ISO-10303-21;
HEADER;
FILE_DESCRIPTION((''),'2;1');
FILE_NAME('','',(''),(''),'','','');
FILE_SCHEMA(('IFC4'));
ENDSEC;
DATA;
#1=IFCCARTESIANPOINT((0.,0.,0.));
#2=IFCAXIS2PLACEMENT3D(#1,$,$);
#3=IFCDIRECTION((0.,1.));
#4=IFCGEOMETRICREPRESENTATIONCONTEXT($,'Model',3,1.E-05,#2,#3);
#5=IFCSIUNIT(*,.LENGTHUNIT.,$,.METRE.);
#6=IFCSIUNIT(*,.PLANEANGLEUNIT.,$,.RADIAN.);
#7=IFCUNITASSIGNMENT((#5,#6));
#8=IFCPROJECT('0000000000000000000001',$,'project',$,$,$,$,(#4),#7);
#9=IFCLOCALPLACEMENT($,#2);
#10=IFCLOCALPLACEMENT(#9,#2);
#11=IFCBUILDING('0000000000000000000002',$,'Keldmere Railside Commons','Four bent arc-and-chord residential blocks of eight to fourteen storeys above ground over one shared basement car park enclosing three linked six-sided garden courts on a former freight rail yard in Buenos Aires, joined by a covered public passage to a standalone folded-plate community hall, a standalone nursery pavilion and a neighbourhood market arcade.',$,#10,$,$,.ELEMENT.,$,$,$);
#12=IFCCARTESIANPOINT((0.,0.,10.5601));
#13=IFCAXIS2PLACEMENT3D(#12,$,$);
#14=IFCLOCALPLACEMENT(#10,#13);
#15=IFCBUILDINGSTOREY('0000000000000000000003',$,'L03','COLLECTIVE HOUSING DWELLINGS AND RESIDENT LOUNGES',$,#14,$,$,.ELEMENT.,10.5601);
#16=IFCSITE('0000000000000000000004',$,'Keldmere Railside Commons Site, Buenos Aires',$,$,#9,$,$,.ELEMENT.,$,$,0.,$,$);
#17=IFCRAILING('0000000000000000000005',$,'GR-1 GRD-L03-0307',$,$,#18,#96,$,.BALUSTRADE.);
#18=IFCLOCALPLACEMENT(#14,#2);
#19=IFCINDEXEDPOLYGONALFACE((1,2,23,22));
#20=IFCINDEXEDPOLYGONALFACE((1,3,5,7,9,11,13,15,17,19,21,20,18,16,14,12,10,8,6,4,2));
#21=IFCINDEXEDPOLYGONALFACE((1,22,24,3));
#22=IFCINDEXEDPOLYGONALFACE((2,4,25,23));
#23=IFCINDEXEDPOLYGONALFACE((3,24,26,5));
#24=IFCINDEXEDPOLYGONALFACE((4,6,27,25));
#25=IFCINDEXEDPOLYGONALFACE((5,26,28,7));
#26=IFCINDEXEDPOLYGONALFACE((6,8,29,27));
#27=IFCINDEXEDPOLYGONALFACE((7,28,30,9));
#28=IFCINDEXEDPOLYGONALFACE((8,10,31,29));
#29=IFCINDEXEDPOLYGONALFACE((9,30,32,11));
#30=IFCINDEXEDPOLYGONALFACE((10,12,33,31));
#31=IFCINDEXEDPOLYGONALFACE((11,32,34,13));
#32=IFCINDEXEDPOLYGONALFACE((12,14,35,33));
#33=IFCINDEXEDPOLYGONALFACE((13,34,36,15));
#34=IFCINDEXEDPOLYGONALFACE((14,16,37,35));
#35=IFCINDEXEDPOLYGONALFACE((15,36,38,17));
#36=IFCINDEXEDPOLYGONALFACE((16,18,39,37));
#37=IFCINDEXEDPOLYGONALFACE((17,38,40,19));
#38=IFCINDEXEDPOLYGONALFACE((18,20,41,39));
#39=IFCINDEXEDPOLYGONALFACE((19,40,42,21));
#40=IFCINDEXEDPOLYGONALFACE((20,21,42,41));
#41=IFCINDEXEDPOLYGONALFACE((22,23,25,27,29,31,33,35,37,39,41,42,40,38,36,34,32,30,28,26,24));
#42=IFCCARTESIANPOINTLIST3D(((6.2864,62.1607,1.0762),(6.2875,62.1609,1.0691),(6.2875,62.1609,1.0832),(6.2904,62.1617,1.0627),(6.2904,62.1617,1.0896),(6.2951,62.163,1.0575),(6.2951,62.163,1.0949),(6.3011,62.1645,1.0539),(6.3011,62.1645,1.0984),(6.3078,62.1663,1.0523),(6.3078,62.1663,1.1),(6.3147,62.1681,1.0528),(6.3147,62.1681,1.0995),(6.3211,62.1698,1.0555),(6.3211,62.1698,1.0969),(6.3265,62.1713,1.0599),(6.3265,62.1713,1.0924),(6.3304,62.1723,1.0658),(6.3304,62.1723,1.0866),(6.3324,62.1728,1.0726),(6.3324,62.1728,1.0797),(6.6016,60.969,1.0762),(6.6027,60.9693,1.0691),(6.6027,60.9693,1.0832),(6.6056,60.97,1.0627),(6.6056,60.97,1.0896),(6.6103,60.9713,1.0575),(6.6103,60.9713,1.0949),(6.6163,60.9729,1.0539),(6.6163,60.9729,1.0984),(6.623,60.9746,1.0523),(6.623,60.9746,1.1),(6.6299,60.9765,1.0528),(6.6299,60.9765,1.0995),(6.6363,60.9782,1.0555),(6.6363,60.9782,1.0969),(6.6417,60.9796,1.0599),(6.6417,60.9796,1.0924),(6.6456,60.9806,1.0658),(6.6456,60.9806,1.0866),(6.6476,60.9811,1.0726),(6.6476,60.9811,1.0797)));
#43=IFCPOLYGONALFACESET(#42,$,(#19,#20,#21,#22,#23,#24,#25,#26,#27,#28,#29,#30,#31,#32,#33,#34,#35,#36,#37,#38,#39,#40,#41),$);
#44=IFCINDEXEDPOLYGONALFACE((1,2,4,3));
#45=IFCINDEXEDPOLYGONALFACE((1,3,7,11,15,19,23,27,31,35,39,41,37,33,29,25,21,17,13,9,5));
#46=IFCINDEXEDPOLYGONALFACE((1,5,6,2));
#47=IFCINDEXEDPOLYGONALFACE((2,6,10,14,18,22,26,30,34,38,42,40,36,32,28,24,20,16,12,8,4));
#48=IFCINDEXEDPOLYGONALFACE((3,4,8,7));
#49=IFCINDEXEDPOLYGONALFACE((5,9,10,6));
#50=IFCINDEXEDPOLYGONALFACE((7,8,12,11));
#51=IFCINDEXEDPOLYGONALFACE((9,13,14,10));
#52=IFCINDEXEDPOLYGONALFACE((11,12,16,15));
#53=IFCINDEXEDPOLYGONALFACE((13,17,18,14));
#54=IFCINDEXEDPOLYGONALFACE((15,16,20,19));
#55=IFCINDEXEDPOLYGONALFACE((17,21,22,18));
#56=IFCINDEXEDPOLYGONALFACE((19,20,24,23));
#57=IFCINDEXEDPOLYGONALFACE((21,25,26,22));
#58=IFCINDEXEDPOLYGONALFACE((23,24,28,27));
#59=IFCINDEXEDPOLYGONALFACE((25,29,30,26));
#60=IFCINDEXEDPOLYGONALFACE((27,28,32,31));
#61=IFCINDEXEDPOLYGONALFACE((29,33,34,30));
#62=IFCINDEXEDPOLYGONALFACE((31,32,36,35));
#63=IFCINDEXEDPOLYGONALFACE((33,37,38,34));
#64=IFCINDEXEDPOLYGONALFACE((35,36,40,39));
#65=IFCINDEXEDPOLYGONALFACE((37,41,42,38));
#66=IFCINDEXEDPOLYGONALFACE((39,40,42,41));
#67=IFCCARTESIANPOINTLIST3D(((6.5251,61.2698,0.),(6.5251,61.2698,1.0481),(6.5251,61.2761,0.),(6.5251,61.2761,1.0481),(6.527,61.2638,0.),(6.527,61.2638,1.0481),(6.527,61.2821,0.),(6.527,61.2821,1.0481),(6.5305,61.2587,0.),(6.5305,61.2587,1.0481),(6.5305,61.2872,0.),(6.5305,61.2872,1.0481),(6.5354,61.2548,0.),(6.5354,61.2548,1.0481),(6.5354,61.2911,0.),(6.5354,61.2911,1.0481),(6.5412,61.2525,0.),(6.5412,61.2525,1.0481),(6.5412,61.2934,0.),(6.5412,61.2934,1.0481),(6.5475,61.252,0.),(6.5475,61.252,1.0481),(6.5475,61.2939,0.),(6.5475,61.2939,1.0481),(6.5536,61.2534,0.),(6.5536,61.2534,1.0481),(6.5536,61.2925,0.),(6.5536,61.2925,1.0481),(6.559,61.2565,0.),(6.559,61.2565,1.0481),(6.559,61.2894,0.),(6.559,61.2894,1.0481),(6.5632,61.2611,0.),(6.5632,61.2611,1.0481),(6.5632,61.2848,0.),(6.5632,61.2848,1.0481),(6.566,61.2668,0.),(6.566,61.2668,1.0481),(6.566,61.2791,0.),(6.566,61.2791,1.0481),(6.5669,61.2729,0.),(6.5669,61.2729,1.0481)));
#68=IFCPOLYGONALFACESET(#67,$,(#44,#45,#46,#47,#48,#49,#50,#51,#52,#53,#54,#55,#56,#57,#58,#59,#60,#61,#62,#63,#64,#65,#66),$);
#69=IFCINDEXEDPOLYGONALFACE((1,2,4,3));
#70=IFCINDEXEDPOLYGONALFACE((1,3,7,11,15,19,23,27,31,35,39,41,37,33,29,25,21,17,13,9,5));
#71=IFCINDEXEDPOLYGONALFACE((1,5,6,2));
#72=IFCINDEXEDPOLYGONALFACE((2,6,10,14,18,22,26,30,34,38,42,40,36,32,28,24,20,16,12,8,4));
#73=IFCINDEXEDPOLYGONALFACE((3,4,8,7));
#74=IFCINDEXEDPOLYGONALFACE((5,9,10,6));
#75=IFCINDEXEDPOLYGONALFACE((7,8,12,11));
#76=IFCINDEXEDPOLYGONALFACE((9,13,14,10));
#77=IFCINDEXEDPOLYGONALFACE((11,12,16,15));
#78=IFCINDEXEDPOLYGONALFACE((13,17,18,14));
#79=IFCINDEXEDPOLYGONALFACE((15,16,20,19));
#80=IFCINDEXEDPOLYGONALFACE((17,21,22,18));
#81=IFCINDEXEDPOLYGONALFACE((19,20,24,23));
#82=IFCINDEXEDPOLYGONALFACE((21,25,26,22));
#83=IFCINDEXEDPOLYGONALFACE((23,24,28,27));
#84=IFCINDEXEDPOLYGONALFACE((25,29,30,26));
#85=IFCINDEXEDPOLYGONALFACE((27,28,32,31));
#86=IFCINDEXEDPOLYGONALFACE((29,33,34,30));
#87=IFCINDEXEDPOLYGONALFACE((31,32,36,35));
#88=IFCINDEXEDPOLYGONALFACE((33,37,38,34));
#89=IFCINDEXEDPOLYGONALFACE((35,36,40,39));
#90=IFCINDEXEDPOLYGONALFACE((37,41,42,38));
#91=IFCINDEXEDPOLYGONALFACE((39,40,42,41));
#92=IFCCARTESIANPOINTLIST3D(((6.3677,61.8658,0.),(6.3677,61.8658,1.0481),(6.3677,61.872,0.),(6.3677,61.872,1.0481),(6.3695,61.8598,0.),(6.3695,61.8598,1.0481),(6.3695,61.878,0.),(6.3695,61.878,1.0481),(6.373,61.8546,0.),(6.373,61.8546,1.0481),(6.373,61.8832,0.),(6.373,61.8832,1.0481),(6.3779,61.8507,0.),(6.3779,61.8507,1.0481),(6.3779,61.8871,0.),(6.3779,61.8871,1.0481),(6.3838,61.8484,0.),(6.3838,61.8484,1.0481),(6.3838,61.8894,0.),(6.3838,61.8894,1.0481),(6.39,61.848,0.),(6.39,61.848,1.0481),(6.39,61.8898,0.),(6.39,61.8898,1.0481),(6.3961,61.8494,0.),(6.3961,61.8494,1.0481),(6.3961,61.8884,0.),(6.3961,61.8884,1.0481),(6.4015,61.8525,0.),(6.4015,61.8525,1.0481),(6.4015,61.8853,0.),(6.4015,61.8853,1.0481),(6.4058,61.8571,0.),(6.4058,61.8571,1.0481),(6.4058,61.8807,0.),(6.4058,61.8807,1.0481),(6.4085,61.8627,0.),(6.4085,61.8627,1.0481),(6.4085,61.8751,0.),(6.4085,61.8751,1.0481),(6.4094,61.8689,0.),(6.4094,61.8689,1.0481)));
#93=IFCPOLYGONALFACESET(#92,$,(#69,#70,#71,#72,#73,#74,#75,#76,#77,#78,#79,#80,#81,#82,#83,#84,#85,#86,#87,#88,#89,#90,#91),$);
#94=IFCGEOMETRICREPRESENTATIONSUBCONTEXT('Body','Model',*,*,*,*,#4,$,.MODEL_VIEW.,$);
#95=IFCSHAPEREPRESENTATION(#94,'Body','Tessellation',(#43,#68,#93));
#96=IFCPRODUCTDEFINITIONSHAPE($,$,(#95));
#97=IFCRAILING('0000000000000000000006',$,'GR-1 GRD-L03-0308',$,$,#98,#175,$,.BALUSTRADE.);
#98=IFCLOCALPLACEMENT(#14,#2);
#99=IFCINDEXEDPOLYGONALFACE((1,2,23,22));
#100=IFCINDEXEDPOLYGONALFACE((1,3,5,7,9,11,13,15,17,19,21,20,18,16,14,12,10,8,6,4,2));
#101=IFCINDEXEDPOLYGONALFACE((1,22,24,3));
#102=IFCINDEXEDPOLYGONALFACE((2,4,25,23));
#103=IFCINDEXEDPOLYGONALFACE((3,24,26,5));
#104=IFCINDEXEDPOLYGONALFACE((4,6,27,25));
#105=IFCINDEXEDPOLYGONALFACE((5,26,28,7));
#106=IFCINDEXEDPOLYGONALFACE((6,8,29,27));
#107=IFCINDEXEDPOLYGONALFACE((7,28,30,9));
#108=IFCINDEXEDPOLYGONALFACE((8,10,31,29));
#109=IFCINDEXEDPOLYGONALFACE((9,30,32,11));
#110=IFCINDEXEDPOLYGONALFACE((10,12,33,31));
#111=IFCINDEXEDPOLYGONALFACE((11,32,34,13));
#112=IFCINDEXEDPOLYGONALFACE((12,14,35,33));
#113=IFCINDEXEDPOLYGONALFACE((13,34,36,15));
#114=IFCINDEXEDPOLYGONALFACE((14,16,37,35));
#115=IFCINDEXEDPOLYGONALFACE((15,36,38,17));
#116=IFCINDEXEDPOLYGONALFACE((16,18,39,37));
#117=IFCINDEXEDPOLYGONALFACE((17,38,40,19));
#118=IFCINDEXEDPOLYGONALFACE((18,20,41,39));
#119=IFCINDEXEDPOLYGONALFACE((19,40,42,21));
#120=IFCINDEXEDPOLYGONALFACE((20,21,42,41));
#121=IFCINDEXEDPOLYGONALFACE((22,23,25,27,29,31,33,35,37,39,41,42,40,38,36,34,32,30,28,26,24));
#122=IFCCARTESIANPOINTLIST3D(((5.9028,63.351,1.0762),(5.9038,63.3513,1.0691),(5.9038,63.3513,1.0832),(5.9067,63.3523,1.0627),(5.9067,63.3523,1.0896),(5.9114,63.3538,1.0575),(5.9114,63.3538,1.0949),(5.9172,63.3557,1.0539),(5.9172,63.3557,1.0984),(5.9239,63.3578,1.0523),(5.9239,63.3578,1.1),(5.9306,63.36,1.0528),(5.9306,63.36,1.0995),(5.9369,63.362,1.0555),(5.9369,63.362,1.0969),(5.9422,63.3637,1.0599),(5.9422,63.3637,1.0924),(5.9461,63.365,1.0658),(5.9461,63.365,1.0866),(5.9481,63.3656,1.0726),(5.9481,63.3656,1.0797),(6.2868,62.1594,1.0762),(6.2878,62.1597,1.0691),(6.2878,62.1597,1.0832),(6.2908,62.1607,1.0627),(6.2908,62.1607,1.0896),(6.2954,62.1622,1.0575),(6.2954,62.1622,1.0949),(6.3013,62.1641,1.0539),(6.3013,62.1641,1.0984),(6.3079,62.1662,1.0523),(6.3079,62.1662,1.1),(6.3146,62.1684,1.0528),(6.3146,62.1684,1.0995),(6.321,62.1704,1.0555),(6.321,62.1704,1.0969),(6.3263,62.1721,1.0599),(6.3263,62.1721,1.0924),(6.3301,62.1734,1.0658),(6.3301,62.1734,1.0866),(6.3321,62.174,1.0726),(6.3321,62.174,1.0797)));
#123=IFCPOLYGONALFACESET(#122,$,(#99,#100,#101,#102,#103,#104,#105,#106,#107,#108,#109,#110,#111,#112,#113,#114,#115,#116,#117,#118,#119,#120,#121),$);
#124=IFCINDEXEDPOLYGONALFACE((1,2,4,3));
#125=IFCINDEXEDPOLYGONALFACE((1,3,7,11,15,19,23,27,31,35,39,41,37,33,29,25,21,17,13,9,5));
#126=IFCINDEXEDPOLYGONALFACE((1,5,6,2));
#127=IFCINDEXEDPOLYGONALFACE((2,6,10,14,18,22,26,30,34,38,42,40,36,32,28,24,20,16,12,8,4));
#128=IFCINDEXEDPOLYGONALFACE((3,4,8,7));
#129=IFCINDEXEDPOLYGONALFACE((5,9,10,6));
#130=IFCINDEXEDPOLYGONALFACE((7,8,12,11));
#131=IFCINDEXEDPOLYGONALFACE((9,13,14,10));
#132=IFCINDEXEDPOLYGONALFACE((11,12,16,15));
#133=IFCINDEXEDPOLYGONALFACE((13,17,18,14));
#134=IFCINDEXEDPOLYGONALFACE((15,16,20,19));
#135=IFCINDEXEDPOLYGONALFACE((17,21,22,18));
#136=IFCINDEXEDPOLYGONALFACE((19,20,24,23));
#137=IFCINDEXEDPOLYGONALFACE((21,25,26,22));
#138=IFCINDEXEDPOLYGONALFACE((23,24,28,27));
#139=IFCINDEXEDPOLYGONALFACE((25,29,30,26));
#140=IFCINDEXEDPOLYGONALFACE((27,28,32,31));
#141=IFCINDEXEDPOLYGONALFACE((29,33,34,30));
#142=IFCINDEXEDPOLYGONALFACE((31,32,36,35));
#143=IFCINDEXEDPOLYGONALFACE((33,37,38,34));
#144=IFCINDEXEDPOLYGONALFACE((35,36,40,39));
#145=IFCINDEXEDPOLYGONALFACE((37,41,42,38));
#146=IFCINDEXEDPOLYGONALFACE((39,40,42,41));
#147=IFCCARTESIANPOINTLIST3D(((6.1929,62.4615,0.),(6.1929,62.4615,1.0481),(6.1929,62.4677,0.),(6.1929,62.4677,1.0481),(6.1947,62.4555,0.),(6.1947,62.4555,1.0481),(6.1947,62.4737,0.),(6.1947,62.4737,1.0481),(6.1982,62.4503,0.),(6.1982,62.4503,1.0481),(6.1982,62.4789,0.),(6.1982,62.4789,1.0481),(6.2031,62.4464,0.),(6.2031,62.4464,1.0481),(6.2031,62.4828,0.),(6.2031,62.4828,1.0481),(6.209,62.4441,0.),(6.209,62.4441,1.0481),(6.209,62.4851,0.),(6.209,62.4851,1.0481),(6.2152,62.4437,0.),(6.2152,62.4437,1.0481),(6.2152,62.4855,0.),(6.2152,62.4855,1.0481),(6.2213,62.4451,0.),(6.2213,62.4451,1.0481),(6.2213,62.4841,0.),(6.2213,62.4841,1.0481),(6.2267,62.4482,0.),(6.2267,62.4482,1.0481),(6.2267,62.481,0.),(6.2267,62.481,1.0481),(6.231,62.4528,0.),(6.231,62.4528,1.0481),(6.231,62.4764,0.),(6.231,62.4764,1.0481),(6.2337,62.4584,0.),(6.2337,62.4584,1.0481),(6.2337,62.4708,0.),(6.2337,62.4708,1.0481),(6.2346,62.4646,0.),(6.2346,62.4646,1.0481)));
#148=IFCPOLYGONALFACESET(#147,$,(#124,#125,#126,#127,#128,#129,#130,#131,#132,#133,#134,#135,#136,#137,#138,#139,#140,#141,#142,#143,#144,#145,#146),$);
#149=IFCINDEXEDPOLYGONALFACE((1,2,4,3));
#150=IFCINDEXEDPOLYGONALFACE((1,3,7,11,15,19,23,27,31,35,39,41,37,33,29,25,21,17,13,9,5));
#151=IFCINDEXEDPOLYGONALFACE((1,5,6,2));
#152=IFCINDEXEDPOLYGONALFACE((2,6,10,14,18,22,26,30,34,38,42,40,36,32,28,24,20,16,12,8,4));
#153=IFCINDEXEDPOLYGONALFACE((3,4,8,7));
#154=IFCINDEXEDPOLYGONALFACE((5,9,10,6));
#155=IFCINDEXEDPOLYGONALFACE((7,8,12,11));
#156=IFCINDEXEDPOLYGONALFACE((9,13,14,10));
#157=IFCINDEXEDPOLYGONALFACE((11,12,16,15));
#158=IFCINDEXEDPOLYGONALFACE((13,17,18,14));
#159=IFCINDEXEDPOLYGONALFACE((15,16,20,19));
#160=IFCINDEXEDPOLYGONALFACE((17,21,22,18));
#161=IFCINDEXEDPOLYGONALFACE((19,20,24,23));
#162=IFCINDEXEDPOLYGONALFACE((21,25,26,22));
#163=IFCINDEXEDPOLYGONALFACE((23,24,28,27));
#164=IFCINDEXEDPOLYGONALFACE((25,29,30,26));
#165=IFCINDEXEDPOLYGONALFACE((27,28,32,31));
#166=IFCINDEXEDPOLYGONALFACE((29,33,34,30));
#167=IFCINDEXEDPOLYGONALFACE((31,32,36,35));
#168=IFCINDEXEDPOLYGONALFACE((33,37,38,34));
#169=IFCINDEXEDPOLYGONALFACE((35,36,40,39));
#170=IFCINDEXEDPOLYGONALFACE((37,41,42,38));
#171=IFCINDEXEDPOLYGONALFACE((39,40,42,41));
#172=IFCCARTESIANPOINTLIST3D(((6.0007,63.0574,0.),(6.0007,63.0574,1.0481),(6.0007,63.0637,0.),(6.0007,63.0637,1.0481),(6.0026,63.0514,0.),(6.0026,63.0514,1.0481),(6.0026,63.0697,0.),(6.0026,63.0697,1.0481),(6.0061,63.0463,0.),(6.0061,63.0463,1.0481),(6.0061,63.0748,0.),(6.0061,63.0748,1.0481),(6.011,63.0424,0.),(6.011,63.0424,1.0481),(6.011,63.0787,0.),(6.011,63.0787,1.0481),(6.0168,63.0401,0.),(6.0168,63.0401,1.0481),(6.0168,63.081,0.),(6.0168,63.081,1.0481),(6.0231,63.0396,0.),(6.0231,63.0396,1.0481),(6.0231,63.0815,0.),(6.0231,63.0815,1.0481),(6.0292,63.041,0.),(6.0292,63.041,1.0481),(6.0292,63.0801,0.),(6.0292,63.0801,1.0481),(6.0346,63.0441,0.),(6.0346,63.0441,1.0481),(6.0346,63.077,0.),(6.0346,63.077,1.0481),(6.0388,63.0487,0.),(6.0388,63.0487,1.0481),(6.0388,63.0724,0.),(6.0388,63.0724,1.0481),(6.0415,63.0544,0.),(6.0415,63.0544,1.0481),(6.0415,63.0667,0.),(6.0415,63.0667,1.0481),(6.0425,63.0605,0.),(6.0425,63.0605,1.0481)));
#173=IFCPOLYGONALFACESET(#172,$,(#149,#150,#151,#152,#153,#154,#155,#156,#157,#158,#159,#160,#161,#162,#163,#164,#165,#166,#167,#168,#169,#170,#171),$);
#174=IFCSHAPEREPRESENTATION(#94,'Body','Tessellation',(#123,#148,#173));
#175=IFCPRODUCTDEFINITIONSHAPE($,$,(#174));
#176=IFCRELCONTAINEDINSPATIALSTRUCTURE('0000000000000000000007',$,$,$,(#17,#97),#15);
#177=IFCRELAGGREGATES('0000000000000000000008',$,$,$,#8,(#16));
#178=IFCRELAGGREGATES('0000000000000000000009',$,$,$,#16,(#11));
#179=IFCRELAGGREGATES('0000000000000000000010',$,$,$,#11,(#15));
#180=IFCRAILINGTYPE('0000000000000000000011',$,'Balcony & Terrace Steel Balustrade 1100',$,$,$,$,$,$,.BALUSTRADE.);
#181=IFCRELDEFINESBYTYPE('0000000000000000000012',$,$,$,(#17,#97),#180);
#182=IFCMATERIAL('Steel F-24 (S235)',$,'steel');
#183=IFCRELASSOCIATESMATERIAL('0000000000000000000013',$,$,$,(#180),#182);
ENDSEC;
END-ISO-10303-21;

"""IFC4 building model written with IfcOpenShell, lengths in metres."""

from ifc_helpers import new_model, si_unit, direction, frame, origin, origin_2d, place, context, subcontext, project, spatial, circle, extrude, material, type_object, element, save


model = new_model("IFC4")

# Units and contexts
model_context = context("Model", 3, precision=1e-05, world=origin(), true_north=direction((0.0, 1.0)))
body_context = subcontext(model_context, "Body", "Model", "MODEL_VIEW")
ifc_project = project(units=[si_unit("LENGTHUNIT", "METRE"), si_unit("PLANEANGLEUNIT", "RADIAN")], contexts=[model_context])

# Site, building, storey
site_placement = place(None, origin())
site = spatial("IfcSite", under=ifc_project, at=site_placement, Name="Keldmere Railside Commons Site, Buenos Aires", CompositionType="ELEMENT", RefElevation=0.0)
building_placement = place(site_placement, origin())
building = spatial("IfcBuilding", under=site, at=building_placement, Name="Keldmere Railside Commons", Description="Four bent arc-and-chord residential blocks of eight to fourteen storeys above ground over one shared basement car park enclosing three linked six-sided garden courts on a former freight rail yard in Buenos Aires, joined by a covered public passage to a standalone folded-plate community hall, a standalone nursery pavilion and a neighbourhood market arcade.", CompositionType="ELEMENT")
storey_placement = place(building_placement, frame((0.0, 0.0, 10.5601)))
storey = spatial("IfcBuildingStorey", under=building, at=storey_placement, Name="L03", Description="COLLECTIVE HOUSING DWELLINGS AND RESIDENT LOUNGES", CompositionType="ELEMENT", Elevation=10.5601)

# Railings
ifc_material_1 = material(Name="Steel F-24 (S235)", Category="steel")
railing_type_1 = type_object("IfcRailingType", Name="Balcony & Terrace Steel Balustrade 1100", PredefinedType="BALUSTRADE", material=ifc_material_1)
railing_1_placement = place(storey_placement, frame((6.6248, 60.9751, 0.0)))
element("IfcRailing", 1, at=railing_1_placement, inside=storey, type_object=railing_type_1, Name="GR-1 GRD-L03-0307", PredefinedType="BALUSTRADE", context=body_context, shape_type="SweptSolid", body=[
    extrude(circle(Radius=0.0239, at=origin_2d()), frame((0.0, 0.0, 1.0762), z_axis=(-0.255702, 0.966756, 0.0), x_axis=(-0.966756, -0.255702, 0.0)), (0.0, 0.0, 1.0), 1.2327),
    extrude(circle(Radius=0.021, at=origin_2d()), frame((-0.0789, 0.2979, 0.0)), (0.0, 0.0, 1.0), 1.0481),
    extrude(circle(Radius=0.021, at=origin_2d()), frame((-0.2363, 0.8938, 0.0)), (0.0, 0.0, 1.0), 1.0481),
])
railing_2_placement = place(storey_placement, frame((6.3096, 62.1667, 0.0)))
element("IfcRailing", 2, at=railing_2_placement, inside=storey, type_object=railing_type_1, Name="GR-1 GRD-L03-0308", PredefinedType="BALUSTRADE", context=body_context, shape_type="SweptSolid", body=[
    extrude(circle(Radius=0.0239, at=origin_2d()), frame((0.0, 0.0, 1.0762), z_axis=(-0.306735, 0.951795, 0.0), x_axis=(-0.951795, -0.306735, 0.0)), (0.0, 0.0, 1.0), 1.252),
    extrude(circle(Radius=0.021, at=origin_2d()), frame((-0.0959, 0.2979, 0.0)), (0.0, 0.0, 1.0), 1.0481),
    extrude(circle(Radius=0.021, at=origin_2d()), frame((-0.2881, 0.8938, 0.0)), (0.0, 0.0, 1.0), 1.0481),
])

save(model, "model.ifc")
